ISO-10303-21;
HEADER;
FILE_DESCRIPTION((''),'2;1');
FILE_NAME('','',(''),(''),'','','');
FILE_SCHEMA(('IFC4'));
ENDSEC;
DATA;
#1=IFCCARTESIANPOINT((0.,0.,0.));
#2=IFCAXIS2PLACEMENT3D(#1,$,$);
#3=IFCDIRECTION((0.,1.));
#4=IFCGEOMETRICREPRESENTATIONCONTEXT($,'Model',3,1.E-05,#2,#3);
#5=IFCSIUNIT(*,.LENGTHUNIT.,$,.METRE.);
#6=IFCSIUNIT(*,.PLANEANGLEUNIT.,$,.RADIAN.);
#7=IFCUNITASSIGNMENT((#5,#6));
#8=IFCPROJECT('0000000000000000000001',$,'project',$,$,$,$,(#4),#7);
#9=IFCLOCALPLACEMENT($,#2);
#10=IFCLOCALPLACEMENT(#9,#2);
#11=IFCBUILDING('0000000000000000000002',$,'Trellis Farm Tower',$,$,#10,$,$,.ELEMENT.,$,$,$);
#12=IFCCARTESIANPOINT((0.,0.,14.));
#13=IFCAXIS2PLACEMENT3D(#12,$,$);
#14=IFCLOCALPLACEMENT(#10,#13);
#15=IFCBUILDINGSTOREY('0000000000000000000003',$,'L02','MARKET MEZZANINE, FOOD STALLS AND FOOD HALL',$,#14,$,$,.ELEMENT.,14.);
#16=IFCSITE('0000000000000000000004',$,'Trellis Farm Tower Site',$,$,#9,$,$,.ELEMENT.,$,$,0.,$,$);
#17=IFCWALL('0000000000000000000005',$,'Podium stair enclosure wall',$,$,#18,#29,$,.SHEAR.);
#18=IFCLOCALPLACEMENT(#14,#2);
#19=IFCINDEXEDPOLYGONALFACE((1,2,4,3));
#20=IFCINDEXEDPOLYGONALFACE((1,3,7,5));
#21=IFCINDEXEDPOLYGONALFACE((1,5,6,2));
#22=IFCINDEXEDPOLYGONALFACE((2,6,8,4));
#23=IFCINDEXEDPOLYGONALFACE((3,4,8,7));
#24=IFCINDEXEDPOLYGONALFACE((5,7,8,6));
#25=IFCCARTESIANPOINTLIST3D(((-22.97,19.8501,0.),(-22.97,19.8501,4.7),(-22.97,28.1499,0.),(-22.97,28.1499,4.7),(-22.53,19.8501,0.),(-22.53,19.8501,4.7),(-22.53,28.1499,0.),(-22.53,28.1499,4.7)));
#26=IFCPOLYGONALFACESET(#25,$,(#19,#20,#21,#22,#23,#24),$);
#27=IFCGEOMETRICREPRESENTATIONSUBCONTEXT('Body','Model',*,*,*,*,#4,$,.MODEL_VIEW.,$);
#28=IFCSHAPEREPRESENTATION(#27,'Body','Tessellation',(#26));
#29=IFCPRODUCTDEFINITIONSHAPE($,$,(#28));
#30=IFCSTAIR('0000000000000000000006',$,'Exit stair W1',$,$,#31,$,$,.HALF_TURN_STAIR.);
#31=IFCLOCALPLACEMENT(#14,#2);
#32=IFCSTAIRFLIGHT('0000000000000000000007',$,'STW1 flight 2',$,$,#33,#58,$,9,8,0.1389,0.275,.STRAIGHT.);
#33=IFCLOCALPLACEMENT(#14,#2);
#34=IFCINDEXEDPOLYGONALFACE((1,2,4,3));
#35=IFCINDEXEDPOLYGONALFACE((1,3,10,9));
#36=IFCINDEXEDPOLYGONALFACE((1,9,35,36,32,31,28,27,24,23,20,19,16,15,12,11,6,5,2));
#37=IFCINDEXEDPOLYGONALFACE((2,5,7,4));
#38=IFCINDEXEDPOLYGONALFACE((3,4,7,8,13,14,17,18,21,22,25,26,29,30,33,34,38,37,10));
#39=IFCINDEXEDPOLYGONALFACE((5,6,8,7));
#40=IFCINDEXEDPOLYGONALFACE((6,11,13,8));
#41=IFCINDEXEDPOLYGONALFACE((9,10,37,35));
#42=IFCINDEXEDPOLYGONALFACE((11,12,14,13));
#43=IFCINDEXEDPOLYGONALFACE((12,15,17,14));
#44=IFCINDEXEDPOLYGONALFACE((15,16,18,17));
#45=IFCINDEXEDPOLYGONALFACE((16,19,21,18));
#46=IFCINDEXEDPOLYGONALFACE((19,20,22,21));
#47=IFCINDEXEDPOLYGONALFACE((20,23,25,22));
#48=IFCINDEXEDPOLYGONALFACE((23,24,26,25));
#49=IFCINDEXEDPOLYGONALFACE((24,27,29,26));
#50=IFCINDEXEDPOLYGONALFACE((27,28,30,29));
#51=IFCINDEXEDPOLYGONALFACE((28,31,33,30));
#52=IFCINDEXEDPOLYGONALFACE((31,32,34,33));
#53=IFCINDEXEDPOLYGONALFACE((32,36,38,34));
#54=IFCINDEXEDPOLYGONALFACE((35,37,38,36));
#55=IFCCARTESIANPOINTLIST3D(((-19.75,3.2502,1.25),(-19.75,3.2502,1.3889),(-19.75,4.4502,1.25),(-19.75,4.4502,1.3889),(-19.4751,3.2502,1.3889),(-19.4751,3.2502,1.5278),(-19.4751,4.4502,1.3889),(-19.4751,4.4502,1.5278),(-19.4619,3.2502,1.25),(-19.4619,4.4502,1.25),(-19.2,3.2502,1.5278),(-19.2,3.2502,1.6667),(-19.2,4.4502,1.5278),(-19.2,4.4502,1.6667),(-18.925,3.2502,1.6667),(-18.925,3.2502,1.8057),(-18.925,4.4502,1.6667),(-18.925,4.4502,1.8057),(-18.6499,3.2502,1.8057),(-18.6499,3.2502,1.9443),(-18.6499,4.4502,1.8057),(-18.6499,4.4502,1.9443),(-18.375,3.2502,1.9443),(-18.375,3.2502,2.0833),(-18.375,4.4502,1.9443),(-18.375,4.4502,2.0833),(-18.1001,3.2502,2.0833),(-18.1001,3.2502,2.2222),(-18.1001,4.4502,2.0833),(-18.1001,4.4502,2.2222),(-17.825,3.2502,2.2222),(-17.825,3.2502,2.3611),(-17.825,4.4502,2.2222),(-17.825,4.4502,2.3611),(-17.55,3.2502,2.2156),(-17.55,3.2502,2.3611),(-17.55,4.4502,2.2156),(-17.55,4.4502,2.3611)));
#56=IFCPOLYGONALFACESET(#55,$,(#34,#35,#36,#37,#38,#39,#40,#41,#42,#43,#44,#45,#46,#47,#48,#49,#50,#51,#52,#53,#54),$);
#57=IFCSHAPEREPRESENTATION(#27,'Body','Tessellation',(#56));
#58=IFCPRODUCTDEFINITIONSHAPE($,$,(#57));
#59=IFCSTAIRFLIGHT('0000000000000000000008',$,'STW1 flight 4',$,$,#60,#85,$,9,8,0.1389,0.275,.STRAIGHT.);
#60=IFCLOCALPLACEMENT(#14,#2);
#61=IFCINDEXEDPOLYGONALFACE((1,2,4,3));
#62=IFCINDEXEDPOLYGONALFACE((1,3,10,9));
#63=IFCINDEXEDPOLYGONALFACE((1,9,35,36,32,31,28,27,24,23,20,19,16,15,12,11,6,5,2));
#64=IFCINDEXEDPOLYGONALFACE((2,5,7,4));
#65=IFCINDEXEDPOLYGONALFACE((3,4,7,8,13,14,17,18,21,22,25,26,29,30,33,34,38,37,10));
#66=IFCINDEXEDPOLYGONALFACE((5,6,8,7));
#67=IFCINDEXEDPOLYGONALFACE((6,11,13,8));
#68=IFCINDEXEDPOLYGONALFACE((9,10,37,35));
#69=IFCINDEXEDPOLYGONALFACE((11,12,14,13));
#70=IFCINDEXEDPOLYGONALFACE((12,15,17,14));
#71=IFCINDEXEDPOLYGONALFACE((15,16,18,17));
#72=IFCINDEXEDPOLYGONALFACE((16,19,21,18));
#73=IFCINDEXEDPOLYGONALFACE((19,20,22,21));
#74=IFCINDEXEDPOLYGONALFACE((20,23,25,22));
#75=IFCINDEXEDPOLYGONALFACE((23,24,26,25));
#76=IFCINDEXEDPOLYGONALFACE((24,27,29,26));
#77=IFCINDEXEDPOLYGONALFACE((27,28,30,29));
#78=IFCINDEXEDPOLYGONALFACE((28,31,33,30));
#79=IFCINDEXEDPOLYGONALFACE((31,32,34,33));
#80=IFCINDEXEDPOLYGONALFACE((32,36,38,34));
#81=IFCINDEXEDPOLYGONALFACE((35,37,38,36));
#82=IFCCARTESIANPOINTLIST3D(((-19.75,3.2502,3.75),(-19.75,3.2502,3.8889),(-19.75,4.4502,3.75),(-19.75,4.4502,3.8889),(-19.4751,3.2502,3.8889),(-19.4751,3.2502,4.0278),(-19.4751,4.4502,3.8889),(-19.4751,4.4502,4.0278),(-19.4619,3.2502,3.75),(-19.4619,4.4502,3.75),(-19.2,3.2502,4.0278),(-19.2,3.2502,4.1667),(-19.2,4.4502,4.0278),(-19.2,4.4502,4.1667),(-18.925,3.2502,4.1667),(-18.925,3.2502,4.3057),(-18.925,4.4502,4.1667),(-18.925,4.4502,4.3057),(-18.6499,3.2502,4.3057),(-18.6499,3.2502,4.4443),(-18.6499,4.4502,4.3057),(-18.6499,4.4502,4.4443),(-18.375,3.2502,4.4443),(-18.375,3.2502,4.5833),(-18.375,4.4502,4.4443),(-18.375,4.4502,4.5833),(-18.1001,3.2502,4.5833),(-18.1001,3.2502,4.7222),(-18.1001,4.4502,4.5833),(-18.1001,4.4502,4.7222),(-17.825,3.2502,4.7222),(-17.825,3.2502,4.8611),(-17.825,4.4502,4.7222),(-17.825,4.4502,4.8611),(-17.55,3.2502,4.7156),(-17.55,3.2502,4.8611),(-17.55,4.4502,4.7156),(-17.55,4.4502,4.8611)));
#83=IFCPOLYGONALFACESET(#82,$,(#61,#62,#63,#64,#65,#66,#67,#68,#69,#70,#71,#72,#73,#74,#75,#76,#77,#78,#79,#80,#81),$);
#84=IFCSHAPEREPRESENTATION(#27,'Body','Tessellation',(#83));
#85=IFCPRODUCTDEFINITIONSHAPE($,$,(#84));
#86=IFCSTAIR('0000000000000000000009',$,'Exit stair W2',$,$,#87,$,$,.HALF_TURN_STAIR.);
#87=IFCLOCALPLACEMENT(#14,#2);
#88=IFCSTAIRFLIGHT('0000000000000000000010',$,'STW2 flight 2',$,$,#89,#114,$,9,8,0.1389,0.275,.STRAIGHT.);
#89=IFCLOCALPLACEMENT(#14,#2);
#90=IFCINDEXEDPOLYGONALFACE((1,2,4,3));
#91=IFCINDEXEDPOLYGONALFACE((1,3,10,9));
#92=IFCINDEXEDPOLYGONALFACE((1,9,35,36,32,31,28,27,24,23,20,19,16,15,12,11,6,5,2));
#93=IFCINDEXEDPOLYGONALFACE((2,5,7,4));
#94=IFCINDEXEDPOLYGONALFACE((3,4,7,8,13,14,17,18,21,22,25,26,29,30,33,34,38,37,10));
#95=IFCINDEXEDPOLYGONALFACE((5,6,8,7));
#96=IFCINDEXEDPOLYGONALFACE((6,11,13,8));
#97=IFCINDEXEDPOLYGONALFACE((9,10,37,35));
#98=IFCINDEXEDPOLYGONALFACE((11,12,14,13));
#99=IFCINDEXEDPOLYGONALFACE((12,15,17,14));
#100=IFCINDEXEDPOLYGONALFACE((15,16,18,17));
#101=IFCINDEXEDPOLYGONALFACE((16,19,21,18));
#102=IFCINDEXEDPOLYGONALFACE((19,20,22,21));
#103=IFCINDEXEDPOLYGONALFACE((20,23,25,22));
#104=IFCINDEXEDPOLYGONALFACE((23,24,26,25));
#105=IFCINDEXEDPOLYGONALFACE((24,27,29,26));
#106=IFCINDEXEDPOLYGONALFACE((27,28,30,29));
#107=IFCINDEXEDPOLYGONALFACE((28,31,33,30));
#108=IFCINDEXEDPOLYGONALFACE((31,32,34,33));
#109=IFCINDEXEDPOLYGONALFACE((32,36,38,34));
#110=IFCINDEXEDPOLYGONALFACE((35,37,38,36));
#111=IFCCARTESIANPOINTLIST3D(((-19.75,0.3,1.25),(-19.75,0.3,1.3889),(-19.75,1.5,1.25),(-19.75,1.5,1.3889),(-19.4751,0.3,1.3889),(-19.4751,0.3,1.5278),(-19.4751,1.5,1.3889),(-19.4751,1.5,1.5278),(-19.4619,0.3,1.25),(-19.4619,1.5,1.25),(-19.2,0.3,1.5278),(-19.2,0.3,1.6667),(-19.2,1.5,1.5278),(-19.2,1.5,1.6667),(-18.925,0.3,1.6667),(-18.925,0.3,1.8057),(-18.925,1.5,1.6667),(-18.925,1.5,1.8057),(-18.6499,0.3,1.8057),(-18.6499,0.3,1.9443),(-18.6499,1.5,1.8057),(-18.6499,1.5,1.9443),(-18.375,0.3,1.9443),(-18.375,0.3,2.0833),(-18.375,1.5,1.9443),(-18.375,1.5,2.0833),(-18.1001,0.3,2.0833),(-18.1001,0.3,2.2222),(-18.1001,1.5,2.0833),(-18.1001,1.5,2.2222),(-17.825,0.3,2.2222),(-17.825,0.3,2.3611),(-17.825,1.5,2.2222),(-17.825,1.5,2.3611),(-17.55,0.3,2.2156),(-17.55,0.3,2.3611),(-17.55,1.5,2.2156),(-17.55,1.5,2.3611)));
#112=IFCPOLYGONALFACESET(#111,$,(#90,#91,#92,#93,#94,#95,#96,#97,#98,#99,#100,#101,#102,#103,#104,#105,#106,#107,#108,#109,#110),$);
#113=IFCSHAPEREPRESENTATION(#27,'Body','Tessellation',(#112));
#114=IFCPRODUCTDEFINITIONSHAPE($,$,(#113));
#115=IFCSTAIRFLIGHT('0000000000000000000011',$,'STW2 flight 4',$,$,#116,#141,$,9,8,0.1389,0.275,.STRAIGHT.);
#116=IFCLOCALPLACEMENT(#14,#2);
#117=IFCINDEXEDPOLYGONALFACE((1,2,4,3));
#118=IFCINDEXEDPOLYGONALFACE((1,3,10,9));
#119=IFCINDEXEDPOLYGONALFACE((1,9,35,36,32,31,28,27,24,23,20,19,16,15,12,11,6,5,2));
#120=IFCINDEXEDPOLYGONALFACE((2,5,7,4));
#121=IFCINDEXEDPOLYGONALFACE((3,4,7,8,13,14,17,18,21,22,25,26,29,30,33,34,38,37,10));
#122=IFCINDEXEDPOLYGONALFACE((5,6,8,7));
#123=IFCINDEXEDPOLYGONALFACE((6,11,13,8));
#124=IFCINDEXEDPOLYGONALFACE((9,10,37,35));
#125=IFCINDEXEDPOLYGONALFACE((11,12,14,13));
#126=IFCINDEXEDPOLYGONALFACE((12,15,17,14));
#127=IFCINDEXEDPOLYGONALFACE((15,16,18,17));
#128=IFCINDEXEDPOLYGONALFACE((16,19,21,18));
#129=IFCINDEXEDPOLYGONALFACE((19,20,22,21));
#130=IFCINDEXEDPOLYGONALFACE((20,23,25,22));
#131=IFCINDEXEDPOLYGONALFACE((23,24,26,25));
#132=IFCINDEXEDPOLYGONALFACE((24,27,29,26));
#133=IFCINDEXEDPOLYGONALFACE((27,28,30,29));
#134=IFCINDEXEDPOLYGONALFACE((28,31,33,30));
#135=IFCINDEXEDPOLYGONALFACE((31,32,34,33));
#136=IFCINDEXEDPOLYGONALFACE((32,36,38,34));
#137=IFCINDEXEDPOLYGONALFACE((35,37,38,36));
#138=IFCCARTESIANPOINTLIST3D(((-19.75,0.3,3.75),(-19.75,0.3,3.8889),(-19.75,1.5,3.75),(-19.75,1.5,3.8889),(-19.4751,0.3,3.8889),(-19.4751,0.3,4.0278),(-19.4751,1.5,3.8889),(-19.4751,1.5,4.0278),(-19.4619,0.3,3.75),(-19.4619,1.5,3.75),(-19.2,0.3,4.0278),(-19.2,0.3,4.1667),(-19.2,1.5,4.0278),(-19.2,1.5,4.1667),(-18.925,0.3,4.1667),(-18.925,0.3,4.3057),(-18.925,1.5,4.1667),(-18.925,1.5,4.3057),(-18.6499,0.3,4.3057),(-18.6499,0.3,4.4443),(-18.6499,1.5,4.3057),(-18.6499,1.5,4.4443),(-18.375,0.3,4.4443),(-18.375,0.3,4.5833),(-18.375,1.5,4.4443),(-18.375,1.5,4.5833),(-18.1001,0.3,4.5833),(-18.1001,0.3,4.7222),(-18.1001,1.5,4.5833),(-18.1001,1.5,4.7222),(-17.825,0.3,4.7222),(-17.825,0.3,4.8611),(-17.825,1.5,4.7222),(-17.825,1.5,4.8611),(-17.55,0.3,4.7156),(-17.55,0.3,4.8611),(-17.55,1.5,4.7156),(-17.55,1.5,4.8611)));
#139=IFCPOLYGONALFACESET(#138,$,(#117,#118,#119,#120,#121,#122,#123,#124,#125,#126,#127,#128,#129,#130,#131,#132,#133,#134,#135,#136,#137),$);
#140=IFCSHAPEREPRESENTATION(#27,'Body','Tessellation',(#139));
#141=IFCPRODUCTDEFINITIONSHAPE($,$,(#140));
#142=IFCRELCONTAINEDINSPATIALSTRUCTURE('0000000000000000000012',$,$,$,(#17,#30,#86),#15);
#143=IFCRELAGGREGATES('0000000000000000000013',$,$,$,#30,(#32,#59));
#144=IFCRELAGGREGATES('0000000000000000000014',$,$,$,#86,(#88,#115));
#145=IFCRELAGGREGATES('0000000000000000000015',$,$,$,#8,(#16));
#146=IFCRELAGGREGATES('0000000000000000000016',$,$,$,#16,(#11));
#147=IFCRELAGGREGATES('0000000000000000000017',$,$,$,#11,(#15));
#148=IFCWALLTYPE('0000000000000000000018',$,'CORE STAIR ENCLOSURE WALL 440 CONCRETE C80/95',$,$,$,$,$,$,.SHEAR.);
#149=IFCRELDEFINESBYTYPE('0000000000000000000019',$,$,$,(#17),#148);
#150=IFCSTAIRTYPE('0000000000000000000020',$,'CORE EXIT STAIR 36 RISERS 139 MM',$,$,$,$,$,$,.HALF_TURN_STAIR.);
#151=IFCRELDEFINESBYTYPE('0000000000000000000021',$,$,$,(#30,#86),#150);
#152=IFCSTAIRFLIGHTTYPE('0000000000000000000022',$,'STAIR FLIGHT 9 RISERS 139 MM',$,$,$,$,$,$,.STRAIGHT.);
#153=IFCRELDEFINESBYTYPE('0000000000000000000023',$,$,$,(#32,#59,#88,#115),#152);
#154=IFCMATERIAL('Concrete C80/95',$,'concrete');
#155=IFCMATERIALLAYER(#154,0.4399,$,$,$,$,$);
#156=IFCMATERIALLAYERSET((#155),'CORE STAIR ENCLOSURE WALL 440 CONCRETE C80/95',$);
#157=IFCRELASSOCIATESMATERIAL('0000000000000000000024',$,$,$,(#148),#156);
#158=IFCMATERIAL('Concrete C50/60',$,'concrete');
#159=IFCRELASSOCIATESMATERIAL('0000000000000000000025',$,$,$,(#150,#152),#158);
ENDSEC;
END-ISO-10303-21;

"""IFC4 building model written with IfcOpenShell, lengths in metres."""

from ifc_helpers import new_model, si_unit, direction, frame, frame_2d, origin, place, context, subcontext, project, spatial, polyline, rectangle, outline, extrude, source, transform, mapped, material, layer, layer_set, type_object, element, aggregate, save


model = new_model("IFC4")

# Units and contexts
model_context = context("Model", 3, precision=1e-05, world=origin(), true_north=direction((0.0, 1.0)))
body_context = subcontext(model_context, "Body", "Model", "MODEL_VIEW")
ifc_project = project(units=[si_unit("LENGTHUNIT", "METRE"), si_unit("PLANEANGLEUNIT", "RADIAN")], contexts=[model_context])

# Site, building, storey
site_placement = place(None, origin())
site = spatial("IfcSite", under=ifc_project, at=site_placement, Name="Trellis Farm Tower Site", CompositionType="ELEMENT", RefElevation=0.0)
building_placement = place(site_placement, origin())
building = spatial("IfcBuilding", under=site, at=building_placement, Name="Trellis Farm Tower", CompositionType="ELEMENT")
storey_placement = place(building_placement, frame((0.0, 0.0, 14.0)))
storey = spatial("IfcBuildingStorey", under=building, at=storey_placement, Name="L02", Description="MARKET MEZZANINE, FOOD STALLS AND FOOD HALL", CompositionType="ELEMENT", Elevation=14.0)

# Wall
ifc_material_1 = material(Name="Concrete C80/95", Category="concrete")
ifc_layer_1 = layer(ifc_material_1, 0.4399)
ifc_layer_set_1 = layer_set([ifc_layer_1], Name="CORE STAIR ENCLOSURE WALL 440 CONCRETE C80/95")
wall_type_1 = type_object("IfcWallType", Name="CORE STAIR ENCLOSURE WALL 440 CONCRETE C80/95", PredefinedType="SHEAR", material=ifc_layer_set_1)
shared_shape_1 = source(origin(), body_context, "Body", "SweptSolid", [
    extrude(rectangle(XDim=8.2998, YDim=0.4399, at=frame_2d((4.1499, 0.0))), origin(), (0.0, 0.0, 1.0), 4.7),
])
wall_1_placement = place(storey_placement, frame((-22.75, 19.8501, 0.0), z_axis=(0.0, 0.0, 1.0), x_axis=(0.0, 1.0, 0.0)))
element("IfcWall", 1, at=wall_1_placement, inside=storey, type_object=wall_type_1, Name="Podium stair enclosure wall", PredefinedType="SHEAR", context=body_context, shape_type="MappedRepresentation", body=[
    mapped(shared_shape_1, transform((0.0, 0.0, 0.0))),
])

# Stairs, stair flights
ifc_material_2 = material(Name="Concrete C50/60", Category="concrete")
stair_type = type_object("IfcStairType", Name="CORE EXIT STAIR 36 RISERS 139 MM", PredefinedType="HALF_TURN_STAIR", material=ifc_material_2)
placement = place(storey_placement, origin())
stair_1 = element("IfcStair", 2, at=placement, inside=storey, type_object=stair_type, Name="Exit stair W1", PredefinedType="HALF_TURN_STAIR")
stair_flight_type = type_object("IfcStairFlightType", Name="STAIR FLIGHT 9 RISERS 139 MM", PredefinedType="STRAIGHT", material=ifc_material_2)
shared_shape_2 = source(origin(), body_context, "Body", "SweptSolid", [
    extrude(outline(polyline([(0.0, 0.0), (0.0, 0.1389), (0.2749, 0.1389), (0.2749, 0.2778), (0.55, 0.2778), (0.55, 0.4167), (0.825, 0.4167), (0.825, 0.5557), (1.1001, 0.5557), (1.1001, 0.6943), (1.375, 0.6943), (1.375, 0.8333), (1.6499, 0.8333), (1.6499, 0.9722), (1.925, 0.9722), (1.925, 1.1111), (2.2, 1.1111), (2.2, 1.25), (2.2, 0.9656), (0.2881, 0.0), (0.0, 0.0)])), frame((0.0, 0.6001, 0.0), z_axis=(0.0, -1.0, 0.0), x_axis=(1.0, 0.0, 0.0)), (0.0, 0.0, 1.0), 1.2),
])
stair_flight_1_placement = place(storey_placement, frame((-19.75, 3.8501, 1.25), z_axis=(0.0, 0.0, 1.0), x_axis=(1.0, 0.0, 0.0)))
stair_flight_1 = element("IfcStairFlight", 3, at=stair_flight_1_placement, type_object=stair_flight_type, Name="STW1 flight 2", NumberOfRisers=9, NumberOfTreads=8, PredefinedType="STRAIGHT", RiserHeight=0.1389, TreadLength=0.275, context=body_context, shape_type="MappedRepresentation", body=[
    mapped(shared_shape_2, transform((0.0, 0.0, 0.0))),
])
stair_flight_2_placement = place(storey_placement, frame((-19.75, 3.8501, 3.75), z_axis=(0.0, 0.0, 1.0), x_axis=(1.0, 0.0, 0.0)))
stair_flight_2 = element("IfcStairFlight", 4, at=stair_flight_2_placement, type_object=stair_flight_type, Name="STW1 flight 4", NumberOfRisers=9, NumberOfTreads=8, PredefinedType="STRAIGHT", RiserHeight=0.1389, TreadLength=0.275, context=body_context, shape_type="MappedRepresentation", body=[
    mapped(shared_shape_2, transform((0.0, 0.0, 0.0))),
])
aggregate(stair_1, [stair_flight_1, stair_flight_2])
stair_2 = element("IfcStair", 5, at=placement, inside=storey, type_object=stair_type, Name="Exit stair W2", PredefinedType="HALF_TURN_STAIR")
stair_flight_3_placement = place(storey_placement, frame((-19.75, 0.8999, 1.25), z_axis=(0.0, 0.0, 1.0), x_axis=(1.0, 0.0, 0.0)))
stair_flight_3 = element("IfcStairFlight", 6, at=stair_flight_3_placement, type_object=stair_flight_type, Name="STW2 flight 2", NumberOfRisers=9, NumberOfTreads=8, PredefinedType="STRAIGHT", RiserHeight=0.1389, TreadLength=0.275, context=body_context, shape_type="MappedRepresentation", body=[
    mapped(shared_shape_2, transform((0.0, 0.0, 0.0))),
])
stair_flight_4_placement = place(storey_placement, frame((-19.75, 0.8999, 3.75), z_axis=(0.0, 0.0, 1.0), x_axis=(1.0, 0.0, 0.0)))
stair_flight_4 = element("IfcStairFlight", 7, at=stair_flight_4_placement, type_object=stair_flight_type, Name="STW2 flight 4", NumberOfRisers=9, NumberOfTreads=8, PredefinedType="STRAIGHT", RiserHeight=0.1389, TreadLength=0.275, context=body_context, shape_type="MappedRepresentation", body=[
    mapped(shared_shape_2, transform((0.0, 0.0, 0.0))),
])
aggregate(stair_2, [stair_flight_3, stair_flight_4])

save(model, "model.ifc")
